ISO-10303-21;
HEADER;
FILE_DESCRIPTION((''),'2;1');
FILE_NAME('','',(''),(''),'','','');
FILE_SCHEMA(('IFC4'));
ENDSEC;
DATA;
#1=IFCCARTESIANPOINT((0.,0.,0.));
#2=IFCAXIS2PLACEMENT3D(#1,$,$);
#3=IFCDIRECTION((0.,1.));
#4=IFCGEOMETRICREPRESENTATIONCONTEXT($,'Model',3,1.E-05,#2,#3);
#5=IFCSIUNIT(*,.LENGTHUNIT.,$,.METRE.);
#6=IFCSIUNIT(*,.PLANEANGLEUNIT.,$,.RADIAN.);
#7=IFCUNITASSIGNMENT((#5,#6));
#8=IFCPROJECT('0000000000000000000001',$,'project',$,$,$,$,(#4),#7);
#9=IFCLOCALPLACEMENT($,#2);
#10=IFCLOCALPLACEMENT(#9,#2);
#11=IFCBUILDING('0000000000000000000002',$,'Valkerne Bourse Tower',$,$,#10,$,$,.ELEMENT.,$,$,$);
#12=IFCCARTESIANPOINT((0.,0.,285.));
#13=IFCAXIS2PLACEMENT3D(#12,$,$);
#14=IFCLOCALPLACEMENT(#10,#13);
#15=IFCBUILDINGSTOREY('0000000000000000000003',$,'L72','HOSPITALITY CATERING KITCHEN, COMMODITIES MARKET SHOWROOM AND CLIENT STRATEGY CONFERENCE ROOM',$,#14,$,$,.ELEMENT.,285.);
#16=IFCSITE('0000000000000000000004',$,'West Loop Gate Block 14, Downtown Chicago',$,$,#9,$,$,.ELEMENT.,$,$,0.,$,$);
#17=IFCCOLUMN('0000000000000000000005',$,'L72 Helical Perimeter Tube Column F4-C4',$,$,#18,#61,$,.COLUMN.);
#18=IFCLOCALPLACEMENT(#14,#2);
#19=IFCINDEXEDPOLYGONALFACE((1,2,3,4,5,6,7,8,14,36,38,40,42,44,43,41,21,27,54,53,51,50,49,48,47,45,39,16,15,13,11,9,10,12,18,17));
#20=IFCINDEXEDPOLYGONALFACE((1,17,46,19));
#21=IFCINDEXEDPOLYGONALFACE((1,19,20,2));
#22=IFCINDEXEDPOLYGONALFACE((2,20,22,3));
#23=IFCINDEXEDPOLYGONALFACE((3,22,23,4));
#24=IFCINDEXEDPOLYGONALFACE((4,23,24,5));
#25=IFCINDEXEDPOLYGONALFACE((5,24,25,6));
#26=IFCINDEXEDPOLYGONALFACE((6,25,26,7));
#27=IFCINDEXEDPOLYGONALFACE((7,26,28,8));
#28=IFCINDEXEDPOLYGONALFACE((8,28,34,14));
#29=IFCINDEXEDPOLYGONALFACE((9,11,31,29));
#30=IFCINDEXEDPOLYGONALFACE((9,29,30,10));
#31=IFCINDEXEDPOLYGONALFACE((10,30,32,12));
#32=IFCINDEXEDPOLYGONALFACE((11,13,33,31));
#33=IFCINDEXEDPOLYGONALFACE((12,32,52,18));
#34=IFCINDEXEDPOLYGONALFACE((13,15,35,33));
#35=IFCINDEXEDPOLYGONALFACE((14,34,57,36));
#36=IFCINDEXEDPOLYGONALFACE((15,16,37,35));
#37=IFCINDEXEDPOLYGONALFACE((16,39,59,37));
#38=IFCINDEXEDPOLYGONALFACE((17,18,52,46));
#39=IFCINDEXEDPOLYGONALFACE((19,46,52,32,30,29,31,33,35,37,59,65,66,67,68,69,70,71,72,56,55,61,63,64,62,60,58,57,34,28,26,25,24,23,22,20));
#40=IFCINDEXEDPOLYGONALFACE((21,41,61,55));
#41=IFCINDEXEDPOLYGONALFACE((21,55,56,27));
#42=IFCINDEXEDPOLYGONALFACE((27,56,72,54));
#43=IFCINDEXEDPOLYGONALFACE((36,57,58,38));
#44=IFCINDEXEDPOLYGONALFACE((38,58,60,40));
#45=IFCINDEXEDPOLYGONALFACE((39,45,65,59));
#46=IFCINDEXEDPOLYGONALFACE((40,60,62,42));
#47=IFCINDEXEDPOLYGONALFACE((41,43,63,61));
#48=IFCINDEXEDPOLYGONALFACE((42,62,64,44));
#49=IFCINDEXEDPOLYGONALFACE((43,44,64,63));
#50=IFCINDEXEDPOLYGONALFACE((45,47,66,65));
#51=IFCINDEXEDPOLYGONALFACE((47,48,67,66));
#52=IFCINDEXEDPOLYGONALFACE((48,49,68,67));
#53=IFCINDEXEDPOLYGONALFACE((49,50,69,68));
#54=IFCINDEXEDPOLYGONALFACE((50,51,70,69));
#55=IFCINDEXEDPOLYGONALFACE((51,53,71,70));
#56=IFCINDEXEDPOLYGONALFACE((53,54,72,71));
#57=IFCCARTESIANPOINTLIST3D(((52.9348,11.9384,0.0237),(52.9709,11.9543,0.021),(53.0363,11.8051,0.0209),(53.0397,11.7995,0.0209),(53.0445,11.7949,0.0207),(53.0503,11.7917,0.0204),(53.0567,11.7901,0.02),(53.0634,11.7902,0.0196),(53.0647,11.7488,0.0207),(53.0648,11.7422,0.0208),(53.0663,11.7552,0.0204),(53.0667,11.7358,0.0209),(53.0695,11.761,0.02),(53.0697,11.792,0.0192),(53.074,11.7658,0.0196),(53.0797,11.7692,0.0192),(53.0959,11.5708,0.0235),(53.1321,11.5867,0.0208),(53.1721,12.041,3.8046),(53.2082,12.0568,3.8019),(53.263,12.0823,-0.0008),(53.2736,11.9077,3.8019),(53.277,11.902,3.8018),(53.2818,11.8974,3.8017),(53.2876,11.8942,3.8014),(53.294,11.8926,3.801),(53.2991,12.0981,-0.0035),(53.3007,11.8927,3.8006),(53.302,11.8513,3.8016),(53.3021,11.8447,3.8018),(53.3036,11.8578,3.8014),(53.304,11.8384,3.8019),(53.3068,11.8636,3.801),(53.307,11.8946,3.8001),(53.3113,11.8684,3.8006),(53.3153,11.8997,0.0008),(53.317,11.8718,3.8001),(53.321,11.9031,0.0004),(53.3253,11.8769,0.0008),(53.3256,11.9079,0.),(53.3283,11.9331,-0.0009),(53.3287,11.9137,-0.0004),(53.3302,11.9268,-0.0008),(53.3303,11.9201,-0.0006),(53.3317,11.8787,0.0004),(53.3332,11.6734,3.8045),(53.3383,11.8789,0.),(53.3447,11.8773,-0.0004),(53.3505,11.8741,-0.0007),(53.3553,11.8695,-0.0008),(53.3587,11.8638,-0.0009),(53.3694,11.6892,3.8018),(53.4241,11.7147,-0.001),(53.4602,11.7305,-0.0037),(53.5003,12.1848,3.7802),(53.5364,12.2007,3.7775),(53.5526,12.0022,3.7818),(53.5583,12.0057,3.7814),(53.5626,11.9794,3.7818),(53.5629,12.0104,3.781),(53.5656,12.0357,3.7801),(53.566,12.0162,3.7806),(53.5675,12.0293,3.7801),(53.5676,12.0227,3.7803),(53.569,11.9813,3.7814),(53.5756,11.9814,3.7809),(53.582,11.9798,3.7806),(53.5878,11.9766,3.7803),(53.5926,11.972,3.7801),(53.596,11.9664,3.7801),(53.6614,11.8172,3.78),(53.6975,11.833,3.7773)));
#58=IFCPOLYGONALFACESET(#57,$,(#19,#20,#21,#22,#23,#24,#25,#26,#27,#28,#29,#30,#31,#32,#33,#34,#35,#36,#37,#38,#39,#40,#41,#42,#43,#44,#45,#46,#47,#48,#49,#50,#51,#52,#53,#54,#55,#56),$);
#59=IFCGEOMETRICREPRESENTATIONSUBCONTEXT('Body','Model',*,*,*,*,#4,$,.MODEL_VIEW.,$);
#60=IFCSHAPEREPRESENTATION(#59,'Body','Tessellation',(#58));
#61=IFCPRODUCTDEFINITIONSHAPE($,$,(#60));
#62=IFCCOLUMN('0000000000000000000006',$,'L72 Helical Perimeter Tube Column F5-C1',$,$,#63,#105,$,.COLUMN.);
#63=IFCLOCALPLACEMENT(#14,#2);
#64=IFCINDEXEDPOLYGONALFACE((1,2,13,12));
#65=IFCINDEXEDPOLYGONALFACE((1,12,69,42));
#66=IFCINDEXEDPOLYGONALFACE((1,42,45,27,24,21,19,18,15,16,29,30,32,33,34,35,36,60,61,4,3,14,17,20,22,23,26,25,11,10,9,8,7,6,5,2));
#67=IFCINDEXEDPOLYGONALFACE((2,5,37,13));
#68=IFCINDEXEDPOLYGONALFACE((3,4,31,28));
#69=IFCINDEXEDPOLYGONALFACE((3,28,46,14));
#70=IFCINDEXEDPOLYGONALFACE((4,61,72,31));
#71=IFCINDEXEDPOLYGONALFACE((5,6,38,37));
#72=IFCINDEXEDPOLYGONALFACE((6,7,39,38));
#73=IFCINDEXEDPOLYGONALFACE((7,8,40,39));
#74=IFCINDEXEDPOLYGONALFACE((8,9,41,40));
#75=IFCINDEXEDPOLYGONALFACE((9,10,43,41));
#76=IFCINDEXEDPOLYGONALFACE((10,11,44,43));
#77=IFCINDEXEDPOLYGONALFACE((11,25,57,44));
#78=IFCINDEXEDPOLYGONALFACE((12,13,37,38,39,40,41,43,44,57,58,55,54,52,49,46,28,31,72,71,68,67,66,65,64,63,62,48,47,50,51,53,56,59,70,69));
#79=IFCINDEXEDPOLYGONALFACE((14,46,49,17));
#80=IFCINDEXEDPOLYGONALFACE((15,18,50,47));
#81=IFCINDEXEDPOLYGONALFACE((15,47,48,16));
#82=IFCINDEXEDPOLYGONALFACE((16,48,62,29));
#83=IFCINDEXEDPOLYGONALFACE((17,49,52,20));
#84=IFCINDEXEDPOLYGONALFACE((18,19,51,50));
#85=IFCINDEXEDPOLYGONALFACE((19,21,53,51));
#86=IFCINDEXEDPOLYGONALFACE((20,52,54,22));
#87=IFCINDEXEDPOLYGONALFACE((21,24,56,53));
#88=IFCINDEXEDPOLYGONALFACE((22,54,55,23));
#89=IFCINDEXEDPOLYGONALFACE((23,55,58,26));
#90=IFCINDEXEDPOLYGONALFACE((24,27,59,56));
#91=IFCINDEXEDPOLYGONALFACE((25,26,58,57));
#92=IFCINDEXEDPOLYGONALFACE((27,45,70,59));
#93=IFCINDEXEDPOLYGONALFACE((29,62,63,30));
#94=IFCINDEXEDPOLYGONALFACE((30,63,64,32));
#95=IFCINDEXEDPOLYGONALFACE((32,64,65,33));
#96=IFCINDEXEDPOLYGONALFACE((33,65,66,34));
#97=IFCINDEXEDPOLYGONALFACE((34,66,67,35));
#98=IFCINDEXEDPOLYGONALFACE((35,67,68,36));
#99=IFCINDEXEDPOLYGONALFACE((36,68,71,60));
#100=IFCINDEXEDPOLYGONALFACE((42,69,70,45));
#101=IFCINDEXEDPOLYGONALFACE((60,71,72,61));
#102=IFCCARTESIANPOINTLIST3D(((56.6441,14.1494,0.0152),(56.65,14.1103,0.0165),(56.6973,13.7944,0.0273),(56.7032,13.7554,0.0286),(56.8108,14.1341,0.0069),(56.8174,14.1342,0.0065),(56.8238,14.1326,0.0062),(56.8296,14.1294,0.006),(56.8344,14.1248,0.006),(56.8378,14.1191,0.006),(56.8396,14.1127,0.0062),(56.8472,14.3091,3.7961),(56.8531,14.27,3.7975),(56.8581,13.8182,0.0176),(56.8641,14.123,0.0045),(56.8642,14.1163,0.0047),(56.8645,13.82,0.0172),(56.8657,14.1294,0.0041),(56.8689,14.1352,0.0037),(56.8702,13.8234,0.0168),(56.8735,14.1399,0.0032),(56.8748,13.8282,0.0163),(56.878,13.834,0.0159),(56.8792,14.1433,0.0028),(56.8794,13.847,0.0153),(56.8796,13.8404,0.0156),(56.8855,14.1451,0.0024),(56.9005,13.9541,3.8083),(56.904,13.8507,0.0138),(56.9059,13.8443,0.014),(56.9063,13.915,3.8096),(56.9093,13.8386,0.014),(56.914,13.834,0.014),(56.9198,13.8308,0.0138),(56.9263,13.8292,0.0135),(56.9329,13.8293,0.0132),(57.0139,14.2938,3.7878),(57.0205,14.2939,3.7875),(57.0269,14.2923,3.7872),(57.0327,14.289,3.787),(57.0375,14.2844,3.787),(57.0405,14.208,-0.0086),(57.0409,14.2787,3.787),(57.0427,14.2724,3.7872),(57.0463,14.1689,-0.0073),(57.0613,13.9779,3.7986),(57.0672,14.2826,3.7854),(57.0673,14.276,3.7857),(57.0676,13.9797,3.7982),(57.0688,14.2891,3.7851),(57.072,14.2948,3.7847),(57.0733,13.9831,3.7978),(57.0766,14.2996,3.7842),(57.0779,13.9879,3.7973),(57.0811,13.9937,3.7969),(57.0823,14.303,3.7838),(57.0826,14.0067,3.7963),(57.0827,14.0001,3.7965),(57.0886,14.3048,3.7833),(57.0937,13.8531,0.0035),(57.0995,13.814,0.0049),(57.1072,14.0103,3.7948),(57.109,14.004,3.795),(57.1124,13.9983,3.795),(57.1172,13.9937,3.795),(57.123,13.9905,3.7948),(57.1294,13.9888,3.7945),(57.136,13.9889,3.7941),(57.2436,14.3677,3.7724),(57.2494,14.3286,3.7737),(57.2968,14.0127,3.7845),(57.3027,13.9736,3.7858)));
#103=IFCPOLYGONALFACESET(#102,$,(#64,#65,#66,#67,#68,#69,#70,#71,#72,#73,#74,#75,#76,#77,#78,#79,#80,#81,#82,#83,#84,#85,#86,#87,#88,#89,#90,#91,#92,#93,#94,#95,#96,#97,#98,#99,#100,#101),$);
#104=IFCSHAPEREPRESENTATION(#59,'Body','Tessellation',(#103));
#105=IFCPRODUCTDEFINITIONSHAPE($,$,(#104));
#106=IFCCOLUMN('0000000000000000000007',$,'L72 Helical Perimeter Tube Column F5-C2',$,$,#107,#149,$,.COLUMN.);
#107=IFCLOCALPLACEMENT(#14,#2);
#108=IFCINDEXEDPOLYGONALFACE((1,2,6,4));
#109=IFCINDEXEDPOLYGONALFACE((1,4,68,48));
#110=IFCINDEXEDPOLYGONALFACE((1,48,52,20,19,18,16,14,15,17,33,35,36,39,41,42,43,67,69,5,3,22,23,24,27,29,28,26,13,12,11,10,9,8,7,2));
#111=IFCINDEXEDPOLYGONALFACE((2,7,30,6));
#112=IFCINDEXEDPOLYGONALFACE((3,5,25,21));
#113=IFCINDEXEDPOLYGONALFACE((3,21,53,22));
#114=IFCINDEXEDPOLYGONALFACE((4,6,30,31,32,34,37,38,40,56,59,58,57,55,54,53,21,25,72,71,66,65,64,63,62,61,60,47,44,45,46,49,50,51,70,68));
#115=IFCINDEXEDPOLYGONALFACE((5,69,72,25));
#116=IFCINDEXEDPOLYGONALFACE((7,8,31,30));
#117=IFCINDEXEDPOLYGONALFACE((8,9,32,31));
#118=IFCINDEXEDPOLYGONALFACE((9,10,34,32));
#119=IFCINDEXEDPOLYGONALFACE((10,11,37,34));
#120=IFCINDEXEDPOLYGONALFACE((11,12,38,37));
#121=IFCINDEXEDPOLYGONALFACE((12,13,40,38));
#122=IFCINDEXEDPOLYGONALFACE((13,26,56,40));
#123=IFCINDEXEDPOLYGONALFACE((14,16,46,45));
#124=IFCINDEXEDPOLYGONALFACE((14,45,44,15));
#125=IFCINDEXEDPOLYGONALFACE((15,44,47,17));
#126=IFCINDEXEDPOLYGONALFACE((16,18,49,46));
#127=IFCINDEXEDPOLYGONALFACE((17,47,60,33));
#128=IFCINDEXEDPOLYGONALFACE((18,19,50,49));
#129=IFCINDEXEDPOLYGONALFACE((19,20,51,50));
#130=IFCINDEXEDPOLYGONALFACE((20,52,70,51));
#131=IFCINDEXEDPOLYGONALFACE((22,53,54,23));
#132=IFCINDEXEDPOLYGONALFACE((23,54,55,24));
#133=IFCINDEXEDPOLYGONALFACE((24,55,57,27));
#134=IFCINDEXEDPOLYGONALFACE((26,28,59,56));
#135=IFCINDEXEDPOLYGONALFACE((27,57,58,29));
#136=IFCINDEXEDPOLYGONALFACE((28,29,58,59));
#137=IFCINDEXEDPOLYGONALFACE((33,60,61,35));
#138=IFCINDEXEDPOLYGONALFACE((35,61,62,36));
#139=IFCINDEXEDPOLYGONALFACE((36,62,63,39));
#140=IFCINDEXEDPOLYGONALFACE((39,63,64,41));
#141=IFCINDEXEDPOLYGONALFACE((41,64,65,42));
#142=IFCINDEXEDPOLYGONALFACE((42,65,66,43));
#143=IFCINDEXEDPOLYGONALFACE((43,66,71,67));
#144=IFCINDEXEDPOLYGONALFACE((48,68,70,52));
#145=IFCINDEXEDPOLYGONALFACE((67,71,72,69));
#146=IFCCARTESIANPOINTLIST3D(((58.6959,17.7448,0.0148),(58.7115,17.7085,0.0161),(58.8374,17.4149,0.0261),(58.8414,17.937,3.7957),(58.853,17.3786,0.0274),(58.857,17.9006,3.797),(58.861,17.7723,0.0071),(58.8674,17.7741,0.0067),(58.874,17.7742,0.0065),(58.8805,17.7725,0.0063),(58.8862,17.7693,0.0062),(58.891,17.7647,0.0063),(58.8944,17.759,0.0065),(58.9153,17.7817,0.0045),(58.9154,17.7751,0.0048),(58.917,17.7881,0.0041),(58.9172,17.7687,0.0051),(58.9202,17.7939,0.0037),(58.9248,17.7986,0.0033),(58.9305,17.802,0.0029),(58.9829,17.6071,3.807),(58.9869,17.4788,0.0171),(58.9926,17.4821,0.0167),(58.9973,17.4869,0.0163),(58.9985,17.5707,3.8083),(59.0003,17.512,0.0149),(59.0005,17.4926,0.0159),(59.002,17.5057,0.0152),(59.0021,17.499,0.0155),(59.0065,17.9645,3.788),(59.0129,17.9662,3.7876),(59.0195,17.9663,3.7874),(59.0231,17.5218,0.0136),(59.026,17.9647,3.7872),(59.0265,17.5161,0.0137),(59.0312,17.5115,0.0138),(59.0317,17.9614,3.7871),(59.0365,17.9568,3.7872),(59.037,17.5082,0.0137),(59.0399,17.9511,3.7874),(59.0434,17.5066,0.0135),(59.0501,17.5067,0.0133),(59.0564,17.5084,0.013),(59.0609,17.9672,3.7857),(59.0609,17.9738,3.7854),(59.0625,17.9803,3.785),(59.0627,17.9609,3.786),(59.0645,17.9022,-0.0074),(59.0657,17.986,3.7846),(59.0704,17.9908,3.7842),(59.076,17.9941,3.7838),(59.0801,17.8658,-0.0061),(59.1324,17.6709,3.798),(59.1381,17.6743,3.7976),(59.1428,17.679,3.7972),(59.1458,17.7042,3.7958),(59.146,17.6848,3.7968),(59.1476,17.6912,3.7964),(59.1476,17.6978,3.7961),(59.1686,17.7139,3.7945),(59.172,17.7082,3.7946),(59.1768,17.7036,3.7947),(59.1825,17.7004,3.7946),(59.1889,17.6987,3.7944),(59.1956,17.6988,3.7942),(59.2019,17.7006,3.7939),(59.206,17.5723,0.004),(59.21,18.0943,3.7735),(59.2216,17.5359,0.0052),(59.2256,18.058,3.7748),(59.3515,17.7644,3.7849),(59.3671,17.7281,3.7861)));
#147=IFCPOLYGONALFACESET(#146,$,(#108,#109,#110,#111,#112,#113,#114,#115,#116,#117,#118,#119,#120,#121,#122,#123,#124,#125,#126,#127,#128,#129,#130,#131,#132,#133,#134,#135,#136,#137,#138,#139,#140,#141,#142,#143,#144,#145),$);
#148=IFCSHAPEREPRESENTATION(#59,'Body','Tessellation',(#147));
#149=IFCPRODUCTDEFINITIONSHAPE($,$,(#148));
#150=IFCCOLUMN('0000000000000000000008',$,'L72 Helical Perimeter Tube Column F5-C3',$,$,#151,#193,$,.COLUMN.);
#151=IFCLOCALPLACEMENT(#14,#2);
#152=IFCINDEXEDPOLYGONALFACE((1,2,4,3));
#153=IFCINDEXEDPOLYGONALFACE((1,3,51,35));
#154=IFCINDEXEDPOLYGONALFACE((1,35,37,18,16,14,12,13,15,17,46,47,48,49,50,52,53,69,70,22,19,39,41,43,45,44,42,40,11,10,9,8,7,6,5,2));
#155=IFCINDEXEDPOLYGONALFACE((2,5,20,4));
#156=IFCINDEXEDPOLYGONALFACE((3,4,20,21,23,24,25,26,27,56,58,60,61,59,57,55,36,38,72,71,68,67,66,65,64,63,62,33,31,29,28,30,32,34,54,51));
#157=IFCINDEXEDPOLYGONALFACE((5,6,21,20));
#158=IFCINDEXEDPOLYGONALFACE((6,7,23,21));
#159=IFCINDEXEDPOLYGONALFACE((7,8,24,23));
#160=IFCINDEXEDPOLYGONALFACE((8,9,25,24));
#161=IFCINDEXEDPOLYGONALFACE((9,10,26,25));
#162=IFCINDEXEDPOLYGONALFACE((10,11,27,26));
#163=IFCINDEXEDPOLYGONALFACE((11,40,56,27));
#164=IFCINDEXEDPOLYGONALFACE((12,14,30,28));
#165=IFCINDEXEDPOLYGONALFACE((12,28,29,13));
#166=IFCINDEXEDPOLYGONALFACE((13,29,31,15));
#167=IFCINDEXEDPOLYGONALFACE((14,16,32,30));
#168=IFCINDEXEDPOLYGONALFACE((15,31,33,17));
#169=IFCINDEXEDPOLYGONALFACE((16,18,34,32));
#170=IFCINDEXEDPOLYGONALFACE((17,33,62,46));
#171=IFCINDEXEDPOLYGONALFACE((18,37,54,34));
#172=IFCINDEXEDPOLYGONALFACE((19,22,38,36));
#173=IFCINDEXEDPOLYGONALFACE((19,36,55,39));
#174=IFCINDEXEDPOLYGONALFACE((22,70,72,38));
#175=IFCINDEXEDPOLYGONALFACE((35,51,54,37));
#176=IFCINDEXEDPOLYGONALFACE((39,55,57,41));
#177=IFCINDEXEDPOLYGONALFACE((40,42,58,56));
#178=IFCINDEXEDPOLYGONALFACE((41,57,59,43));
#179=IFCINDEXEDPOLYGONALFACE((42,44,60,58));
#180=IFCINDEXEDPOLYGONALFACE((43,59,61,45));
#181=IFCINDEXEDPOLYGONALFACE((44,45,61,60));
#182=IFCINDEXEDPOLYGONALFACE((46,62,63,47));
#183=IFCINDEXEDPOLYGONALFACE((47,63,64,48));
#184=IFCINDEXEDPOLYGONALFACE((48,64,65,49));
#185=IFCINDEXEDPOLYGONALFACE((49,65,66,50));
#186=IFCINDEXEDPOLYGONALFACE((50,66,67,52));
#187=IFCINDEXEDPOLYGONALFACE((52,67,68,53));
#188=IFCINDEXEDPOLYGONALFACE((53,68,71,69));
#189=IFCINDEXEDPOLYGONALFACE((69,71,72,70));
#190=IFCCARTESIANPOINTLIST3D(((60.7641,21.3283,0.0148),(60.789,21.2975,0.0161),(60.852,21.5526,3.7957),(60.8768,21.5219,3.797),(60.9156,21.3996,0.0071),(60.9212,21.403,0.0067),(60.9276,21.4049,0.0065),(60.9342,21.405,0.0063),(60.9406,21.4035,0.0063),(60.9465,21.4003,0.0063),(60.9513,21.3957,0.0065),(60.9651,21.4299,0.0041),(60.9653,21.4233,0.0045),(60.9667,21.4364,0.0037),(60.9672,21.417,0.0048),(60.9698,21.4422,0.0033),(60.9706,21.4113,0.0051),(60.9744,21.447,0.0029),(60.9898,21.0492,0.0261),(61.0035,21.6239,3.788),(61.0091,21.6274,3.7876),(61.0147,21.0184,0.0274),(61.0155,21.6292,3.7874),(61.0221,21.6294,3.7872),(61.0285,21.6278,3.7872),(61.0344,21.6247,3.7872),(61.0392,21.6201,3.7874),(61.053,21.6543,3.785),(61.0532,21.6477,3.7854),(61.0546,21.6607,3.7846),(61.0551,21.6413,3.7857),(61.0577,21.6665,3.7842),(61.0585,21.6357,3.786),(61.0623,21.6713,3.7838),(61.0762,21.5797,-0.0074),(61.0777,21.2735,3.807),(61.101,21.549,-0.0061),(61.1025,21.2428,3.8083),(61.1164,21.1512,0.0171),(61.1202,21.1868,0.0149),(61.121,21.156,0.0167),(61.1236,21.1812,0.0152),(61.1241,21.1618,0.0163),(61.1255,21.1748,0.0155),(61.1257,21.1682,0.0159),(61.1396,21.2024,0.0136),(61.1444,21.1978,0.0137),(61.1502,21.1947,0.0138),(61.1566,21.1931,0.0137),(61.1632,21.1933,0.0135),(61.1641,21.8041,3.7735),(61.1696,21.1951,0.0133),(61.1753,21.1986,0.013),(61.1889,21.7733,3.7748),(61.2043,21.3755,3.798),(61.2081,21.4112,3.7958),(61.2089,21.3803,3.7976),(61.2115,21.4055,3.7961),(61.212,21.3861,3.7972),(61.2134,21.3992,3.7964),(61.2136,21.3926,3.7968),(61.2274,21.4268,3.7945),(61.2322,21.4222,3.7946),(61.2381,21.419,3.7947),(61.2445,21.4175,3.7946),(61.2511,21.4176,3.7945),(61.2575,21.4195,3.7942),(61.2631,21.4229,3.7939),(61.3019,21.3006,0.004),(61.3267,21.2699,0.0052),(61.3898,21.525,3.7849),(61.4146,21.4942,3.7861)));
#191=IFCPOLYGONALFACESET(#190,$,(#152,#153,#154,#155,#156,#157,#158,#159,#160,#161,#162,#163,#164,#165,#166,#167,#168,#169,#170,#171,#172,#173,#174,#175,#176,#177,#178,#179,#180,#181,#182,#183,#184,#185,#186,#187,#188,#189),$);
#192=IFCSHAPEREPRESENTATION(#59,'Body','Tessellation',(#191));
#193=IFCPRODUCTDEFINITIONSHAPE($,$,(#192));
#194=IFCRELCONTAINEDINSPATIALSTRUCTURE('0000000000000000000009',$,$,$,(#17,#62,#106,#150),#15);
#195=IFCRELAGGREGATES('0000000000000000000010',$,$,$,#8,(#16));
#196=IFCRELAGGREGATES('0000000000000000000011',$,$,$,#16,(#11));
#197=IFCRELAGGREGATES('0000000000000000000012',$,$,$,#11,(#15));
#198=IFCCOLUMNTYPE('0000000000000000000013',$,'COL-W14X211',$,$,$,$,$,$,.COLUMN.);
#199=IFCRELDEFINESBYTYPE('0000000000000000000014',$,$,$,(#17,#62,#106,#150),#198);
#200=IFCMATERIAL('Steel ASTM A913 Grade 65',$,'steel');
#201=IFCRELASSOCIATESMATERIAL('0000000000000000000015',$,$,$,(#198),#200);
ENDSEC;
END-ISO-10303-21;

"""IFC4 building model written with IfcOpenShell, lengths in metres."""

from ifc_helpers import new_model, si_unit, direction, frame, origin, origin_2d, place, context, subcontext, project, spatial, i_section, extrude, material, material_profile, profile_set, type_object, element, save


model = new_model("IFC4")

# Units and contexts
model_context = context("Model", 3, precision=1e-05, world=origin(), true_north=direction((0.0, 1.0)))
body_context = subcontext(model_context, "Body", "Model", "MODEL_VIEW")
ifc_project = project(units=[si_unit("LENGTHUNIT", "METRE"), si_unit("PLANEANGLEUNIT", "RADIAN")], contexts=[model_context])

# Site, building, storey
site_placement = place(None, origin())
site = spatial("IfcSite", under=ifc_project, at=site_placement, Name="West Loop Gate Block 14, Downtown Chicago", CompositionType="ELEMENT", RefElevation=0.0)
building_placement = place(site_placement, origin())
building = spatial("IfcBuilding", under=site, at=building_placement, Name="Valkerne Bourse Tower", CompositionType="ELEMENT")
storey_placement = place(building_placement, frame((0.0, 0.0, 285.0)))
storey = spatial("IfcBuildingStorey", under=building, at=storey_placement, Name="L72", Description="HOSPITALITY CATERING KITCHEN, COMMODITIES MARKET SHOWROOM AND CLIENT STRATEGY CONFERENCE ROOM", CompositionType="ELEMENT", Elevation=285.0)

# Columns
ifc_material_1 = material(Name="Steel ASTM A913 Grade 65", Category="steel")
ifc_material_profile_1 = material_profile(ifc_material_1, i_section(OverallWidth=0.4014, OverallDepth=0.3987, WebThickness=0.0249, FlangeThickness=0.0396, FilletRadius=0.0254, at=origin_2d()), Name="W14X211")
ifc_profile_set_1 = profile_set([ifc_material_profile_1], Name="Steel ASTM A913 Grade 65")
column_type = type_object("IfcColumnType", Name="COL-W14X211", PredefinedType="COLUMN", material=ifc_profile_set_1)
for number, where, z_axis, x_axis, name in (
    (1, (53.1975, 11.8345, 0.01), (0.062616, 0.027056, 0.997671), (-0.401443, 0.915884, 0.000357), "L72 Helical Perimeter Tube Column F4-C4"),
    (2, (56.8718, 13.9817, 0.01), (0.053597, 0.042131, 0.997673), (-0.987506, -0.146032, 0.059218), "L72 Helical Perimeter Tube Column F5-C1"),
):
    element("IfcColumn", number, at=place(storey_placement, frame(where, z_axis=z_axis, x_axis=x_axis)), inside=storey, type_object=column_type, Name=name, PredefinedType="COLUMN", context=body_context, shape_type="SweptSolid", body=[
        extrude(i_section(OverallWidth=0.4014, OverallDepth=0.3987, WebThickness=0.0249, FlangeThickness=0.0396, FilletRadius=0.0254, at=origin_2d()), origin(), (0.0, 0.0, 1.0), 3.7898),
    ])
for number, where, z_axis, x_axis, name in (
    (3, (58.9587, 17.6404, 0.01), (0.038406, 0.050714, 0.997974), (-0.918326, -0.391948, 0.055258), "L72 Helical Perimeter Tube Column F5-C2"),
    (4, (61.0454, 21.2991, 0.01), (0.023198, 0.05922, 0.997975), (-0.777512, -0.626437, 0.055246), "L72 Helical Perimeter Tube Column F5-C3"),
):
    element("IfcColumn", number, at=place(storey_placement, frame(where, z_axis=z_axis, x_axis=x_axis)), inside=storey, type_object=column_type, Name=name, PredefinedType="COLUMN", context=body_context, shape_type="SweptSolid", body=[
        extrude(i_section(OverallWidth=0.4014, OverallDepth=0.3987, WebThickness=0.0249, FlangeThickness=0.0396, FilletRadius=0.0254, at=origin_2d()), origin(), (0.0, 0.0, 1.0), 3.7886),
    ])

save(model, "model.ifc")
